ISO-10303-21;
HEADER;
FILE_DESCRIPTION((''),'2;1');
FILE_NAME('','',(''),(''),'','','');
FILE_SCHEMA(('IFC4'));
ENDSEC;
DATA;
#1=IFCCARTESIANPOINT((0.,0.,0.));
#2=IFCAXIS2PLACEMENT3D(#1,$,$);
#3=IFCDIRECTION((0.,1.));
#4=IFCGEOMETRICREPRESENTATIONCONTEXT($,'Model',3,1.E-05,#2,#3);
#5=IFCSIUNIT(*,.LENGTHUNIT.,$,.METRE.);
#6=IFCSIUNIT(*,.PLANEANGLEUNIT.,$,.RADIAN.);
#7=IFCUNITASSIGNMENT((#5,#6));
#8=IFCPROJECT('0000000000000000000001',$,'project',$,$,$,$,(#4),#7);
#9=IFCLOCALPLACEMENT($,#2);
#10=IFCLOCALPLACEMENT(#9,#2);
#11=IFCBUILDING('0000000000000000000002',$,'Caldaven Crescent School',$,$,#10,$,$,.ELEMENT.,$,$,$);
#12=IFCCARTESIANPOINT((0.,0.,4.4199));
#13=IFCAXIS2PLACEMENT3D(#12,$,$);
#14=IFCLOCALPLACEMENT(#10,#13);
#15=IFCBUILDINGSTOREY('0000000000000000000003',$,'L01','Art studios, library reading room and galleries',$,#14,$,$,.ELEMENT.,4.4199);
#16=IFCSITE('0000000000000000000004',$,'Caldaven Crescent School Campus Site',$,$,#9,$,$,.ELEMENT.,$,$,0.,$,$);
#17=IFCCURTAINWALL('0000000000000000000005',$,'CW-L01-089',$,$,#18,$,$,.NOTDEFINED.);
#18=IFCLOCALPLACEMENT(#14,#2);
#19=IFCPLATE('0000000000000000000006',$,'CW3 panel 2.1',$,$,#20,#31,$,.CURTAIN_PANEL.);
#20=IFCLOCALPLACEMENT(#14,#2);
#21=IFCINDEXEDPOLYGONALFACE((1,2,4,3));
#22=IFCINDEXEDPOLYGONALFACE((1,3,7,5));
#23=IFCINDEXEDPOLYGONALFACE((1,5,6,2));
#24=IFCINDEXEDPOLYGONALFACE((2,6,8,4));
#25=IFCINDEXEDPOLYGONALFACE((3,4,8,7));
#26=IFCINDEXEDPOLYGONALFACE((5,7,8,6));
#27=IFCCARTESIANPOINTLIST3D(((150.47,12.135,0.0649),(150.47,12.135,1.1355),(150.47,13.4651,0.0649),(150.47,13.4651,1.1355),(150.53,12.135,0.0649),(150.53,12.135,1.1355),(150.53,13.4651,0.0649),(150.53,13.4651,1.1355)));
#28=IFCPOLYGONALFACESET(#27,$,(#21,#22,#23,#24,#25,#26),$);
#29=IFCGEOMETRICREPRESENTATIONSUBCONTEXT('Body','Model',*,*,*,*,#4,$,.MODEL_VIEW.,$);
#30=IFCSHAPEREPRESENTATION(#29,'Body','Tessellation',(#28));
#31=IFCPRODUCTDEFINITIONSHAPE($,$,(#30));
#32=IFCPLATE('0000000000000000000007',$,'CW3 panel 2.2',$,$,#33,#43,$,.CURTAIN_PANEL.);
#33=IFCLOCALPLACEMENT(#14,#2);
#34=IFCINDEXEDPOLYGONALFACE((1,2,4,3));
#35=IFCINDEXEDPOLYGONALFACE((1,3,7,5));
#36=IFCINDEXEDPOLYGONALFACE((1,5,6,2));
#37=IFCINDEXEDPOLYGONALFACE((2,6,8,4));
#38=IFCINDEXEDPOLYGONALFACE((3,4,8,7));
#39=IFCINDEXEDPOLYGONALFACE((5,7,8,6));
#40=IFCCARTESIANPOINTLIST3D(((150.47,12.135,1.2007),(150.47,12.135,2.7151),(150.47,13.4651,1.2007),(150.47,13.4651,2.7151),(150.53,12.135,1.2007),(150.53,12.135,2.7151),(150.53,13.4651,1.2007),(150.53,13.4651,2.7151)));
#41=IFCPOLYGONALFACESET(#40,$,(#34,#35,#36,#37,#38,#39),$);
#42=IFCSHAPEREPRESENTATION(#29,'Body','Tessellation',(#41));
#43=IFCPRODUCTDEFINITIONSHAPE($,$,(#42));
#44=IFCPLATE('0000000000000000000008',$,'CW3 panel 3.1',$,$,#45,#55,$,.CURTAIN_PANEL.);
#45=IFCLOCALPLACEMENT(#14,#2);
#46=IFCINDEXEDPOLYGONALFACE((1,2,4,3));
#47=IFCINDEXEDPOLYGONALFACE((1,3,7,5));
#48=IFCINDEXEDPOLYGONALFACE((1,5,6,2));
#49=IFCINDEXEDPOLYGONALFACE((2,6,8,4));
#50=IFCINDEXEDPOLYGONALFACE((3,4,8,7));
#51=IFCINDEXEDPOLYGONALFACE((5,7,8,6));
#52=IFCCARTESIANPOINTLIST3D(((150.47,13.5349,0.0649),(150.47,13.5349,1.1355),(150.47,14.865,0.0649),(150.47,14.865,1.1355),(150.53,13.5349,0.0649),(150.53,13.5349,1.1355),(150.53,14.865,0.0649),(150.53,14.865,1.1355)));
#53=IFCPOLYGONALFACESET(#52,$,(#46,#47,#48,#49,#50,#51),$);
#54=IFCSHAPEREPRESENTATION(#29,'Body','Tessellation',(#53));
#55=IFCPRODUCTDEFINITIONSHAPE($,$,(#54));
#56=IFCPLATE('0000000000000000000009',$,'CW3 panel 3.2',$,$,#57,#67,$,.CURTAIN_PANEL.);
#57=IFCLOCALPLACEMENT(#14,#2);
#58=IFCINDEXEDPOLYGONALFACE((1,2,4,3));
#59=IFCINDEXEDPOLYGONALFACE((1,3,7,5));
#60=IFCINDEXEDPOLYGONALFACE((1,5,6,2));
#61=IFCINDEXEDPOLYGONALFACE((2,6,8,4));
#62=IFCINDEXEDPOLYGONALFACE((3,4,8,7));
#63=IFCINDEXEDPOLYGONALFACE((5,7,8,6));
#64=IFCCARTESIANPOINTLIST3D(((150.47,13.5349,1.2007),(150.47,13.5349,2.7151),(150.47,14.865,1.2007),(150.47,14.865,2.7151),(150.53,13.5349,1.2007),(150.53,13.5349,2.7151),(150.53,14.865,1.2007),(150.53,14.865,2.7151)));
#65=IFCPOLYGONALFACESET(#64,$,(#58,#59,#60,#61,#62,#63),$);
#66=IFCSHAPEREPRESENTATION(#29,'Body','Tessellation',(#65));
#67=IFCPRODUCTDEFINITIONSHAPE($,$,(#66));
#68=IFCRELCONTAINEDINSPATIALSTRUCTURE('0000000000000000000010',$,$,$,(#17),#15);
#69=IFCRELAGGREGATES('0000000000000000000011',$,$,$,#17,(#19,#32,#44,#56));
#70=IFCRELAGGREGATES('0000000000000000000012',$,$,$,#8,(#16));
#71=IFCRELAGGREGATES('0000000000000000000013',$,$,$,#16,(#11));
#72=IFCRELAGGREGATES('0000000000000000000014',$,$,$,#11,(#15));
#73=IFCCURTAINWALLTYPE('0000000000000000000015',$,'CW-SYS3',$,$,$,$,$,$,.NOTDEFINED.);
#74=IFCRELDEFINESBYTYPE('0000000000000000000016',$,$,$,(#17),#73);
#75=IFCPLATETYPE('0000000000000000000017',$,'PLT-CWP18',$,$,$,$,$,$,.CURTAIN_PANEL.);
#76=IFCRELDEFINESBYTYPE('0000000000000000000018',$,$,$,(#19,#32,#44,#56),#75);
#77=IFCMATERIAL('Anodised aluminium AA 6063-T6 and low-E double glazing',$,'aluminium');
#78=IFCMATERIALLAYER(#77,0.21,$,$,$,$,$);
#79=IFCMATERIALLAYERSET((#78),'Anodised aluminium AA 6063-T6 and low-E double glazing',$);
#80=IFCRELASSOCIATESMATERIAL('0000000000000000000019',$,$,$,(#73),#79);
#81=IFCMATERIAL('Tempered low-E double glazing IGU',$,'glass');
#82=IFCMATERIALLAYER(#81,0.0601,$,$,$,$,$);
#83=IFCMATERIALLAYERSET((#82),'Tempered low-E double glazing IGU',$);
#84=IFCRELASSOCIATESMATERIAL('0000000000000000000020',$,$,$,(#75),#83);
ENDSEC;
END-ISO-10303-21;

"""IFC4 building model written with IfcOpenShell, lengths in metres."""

from ifc_helpers import new_model, si_unit, direction, frame, origin, origin_2d, place, context, subcontext, project, spatial, rectangle, extrude, material, layer, layer_set, type_object, element, aggregate, save


model = new_model("IFC4")

# Units and contexts
model_context = context("Model", 3, precision=1e-05, world=origin(), true_north=direction((0.0, 1.0)))
body_context = subcontext(model_context, "Body", "Model", "MODEL_VIEW")
ifc_project = project(units=[si_unit("LENGTHUNIT", "METRE"), si_unit("PLANEANGLEUNIT", "RADIAN")], contexts=[model_context])

# Site, building, storey
site_placement = place(None, origin())
site = spatial("IfcSite", under=ifc_project, at=site_placement, Name="Caldaven Crescent School Campus Site", CompositionType="ELEMENT", RefElevation=0.0)
building_placement = place(site_placement, origin())
building = spatial("IfcBuilding", under=site, at=building_placement, Name="Caldaven Crescent School", CompositionType="ELEMENT")
storey_placement = place(building_placement, frame((0.0, 0.0, 4.4199)))
storey = spatial("IfcBuildingStorey", under=building, at=storey_placement, Name="L01", Description="Art studios, library reading room and galleries", CompositionType="ELEMENT", Elevation=4.4199)

# Curtain wall, plates
ifc_material_1 = material(Name="Anodised aluminium AA 6063-T6 and low-E double glazing", Category="aluminium")
ifc_layer_1 = layer(ifc_material_1, 0.21)
ifc_layer_set_1 = layer_set([ifc_layer_1], Name="Anodised aluminium AA 6063-T6 and low-E double glazing")
curtain_wall_type = type_object("IfcCurtainWallType", Name="CW-SYS3", PredefinedType="NOTDEFINED", material=ifc_layer_set_1)
curtain_wall_placement = place(storey_placement, origin())
curtain_wall = element("IfcCurtainWall", 1, at=curtain_wall_placement, inside=storey, type_object=curtain_wall_type, Name="CW-L01-089", PredefinedType="NOTDEFINED")
ifc_material_2 = material(Name="Tempered low-E double glazing IGU", Category="glass")
ifc_layer_2 = layer(ifc_material_2, 0.0601)
ifc_layer_set_2 = layer_set([ifc_layer_2], Name="Tempered low-E double glazing IGU")
plate_type = type_object("IfcPlateType", Name="PLT-CWP18", PredefinedType="CURTAIN_PANEL", material=ifc_layer_set_2)
plate_1_placement = place(storey_placement, frame((150.5, 12.8, 0.0649), z_axis=(0.0, 0.0, 1.0), x_axis=(0.0, 1.0, 0.0)))
plate_1 = element("IfcPlate", 2, at=plate_1_placement, type_object=plate_type, Name="CW3 panel 2.1", PredefinedType="CURTAIN_PANEL", context=body_context, shape_type="SweptSolid", body=[
    extrude(rectangle(XDim=1.3301, YDim=0.0601, at=origin_2d()), origin(), (0.0, 0.0, 1.0), 1.0706),
])
plate_2_placement = place(storey_placement, frame((150.5, 12.8, 1.2007), z_axis=(0.0, 0.0, 1.0), x_axis=(0.0, 1.0, 0.0)))
plate_2 = element("IfcPlate", 3, at=plate_2_placement, type_object=plate_type, Name="CW3 panel 2.2", PredefinedType="CURTAIN_PANEL", context=body_context, shape_type="SweptSolid", body=[
    extrude(rectangle(XDim=1.3301, YDim=0.0601, at=origin_2d()), origin(), (0.0, 0.0, 1.0), 1.5144),
])
plate_3_placement = place(storey_placement, frame((150.5, 14.2, 0.0649), z_axis=(0.0, 0.0, 1.0), x_axis=(0.0, 1.0, 0.0)))
plate_3 = element("IfcPlate", 4, at=plate_3_placement, type_object=plate_type, Name="CW3 panel 3.1", PredefinedType="CURTAIN_PANEL", context=body_context, shape_type="SweptSolid", body=[
    extrude(rectangle(XDim=1.3301, YDim=0.0601, at=origin_2d()), origin(), (0.0, 0.0, 1.0), 1.0706),
])
plate_4_placement = place(storey_placement, frame((150.5, 14.2, 1.2007), z_axis=(0.0, 0.0, 1.0), x_axis=(0.0, 1.0, 0.0)))
plate_4 = element("IfcPlate", 5, at=plate_4_placement, type_object=plate_type, Name="CW3 panel 3.2", PredefinedType="CURTAIN_PANEL", context=body_context, shape_type="SweptSolid", body=[
    extrude(rectangle(XDim=1.3301, YDim=0.0601, at=origin_2d()), origin(), (0.0, 0.0, 1.0), 1.5144),
])
aggregate(curtain_wall, [plate_1, plate_2, plate_3, plate_4])

save(model, "model.ifc")
